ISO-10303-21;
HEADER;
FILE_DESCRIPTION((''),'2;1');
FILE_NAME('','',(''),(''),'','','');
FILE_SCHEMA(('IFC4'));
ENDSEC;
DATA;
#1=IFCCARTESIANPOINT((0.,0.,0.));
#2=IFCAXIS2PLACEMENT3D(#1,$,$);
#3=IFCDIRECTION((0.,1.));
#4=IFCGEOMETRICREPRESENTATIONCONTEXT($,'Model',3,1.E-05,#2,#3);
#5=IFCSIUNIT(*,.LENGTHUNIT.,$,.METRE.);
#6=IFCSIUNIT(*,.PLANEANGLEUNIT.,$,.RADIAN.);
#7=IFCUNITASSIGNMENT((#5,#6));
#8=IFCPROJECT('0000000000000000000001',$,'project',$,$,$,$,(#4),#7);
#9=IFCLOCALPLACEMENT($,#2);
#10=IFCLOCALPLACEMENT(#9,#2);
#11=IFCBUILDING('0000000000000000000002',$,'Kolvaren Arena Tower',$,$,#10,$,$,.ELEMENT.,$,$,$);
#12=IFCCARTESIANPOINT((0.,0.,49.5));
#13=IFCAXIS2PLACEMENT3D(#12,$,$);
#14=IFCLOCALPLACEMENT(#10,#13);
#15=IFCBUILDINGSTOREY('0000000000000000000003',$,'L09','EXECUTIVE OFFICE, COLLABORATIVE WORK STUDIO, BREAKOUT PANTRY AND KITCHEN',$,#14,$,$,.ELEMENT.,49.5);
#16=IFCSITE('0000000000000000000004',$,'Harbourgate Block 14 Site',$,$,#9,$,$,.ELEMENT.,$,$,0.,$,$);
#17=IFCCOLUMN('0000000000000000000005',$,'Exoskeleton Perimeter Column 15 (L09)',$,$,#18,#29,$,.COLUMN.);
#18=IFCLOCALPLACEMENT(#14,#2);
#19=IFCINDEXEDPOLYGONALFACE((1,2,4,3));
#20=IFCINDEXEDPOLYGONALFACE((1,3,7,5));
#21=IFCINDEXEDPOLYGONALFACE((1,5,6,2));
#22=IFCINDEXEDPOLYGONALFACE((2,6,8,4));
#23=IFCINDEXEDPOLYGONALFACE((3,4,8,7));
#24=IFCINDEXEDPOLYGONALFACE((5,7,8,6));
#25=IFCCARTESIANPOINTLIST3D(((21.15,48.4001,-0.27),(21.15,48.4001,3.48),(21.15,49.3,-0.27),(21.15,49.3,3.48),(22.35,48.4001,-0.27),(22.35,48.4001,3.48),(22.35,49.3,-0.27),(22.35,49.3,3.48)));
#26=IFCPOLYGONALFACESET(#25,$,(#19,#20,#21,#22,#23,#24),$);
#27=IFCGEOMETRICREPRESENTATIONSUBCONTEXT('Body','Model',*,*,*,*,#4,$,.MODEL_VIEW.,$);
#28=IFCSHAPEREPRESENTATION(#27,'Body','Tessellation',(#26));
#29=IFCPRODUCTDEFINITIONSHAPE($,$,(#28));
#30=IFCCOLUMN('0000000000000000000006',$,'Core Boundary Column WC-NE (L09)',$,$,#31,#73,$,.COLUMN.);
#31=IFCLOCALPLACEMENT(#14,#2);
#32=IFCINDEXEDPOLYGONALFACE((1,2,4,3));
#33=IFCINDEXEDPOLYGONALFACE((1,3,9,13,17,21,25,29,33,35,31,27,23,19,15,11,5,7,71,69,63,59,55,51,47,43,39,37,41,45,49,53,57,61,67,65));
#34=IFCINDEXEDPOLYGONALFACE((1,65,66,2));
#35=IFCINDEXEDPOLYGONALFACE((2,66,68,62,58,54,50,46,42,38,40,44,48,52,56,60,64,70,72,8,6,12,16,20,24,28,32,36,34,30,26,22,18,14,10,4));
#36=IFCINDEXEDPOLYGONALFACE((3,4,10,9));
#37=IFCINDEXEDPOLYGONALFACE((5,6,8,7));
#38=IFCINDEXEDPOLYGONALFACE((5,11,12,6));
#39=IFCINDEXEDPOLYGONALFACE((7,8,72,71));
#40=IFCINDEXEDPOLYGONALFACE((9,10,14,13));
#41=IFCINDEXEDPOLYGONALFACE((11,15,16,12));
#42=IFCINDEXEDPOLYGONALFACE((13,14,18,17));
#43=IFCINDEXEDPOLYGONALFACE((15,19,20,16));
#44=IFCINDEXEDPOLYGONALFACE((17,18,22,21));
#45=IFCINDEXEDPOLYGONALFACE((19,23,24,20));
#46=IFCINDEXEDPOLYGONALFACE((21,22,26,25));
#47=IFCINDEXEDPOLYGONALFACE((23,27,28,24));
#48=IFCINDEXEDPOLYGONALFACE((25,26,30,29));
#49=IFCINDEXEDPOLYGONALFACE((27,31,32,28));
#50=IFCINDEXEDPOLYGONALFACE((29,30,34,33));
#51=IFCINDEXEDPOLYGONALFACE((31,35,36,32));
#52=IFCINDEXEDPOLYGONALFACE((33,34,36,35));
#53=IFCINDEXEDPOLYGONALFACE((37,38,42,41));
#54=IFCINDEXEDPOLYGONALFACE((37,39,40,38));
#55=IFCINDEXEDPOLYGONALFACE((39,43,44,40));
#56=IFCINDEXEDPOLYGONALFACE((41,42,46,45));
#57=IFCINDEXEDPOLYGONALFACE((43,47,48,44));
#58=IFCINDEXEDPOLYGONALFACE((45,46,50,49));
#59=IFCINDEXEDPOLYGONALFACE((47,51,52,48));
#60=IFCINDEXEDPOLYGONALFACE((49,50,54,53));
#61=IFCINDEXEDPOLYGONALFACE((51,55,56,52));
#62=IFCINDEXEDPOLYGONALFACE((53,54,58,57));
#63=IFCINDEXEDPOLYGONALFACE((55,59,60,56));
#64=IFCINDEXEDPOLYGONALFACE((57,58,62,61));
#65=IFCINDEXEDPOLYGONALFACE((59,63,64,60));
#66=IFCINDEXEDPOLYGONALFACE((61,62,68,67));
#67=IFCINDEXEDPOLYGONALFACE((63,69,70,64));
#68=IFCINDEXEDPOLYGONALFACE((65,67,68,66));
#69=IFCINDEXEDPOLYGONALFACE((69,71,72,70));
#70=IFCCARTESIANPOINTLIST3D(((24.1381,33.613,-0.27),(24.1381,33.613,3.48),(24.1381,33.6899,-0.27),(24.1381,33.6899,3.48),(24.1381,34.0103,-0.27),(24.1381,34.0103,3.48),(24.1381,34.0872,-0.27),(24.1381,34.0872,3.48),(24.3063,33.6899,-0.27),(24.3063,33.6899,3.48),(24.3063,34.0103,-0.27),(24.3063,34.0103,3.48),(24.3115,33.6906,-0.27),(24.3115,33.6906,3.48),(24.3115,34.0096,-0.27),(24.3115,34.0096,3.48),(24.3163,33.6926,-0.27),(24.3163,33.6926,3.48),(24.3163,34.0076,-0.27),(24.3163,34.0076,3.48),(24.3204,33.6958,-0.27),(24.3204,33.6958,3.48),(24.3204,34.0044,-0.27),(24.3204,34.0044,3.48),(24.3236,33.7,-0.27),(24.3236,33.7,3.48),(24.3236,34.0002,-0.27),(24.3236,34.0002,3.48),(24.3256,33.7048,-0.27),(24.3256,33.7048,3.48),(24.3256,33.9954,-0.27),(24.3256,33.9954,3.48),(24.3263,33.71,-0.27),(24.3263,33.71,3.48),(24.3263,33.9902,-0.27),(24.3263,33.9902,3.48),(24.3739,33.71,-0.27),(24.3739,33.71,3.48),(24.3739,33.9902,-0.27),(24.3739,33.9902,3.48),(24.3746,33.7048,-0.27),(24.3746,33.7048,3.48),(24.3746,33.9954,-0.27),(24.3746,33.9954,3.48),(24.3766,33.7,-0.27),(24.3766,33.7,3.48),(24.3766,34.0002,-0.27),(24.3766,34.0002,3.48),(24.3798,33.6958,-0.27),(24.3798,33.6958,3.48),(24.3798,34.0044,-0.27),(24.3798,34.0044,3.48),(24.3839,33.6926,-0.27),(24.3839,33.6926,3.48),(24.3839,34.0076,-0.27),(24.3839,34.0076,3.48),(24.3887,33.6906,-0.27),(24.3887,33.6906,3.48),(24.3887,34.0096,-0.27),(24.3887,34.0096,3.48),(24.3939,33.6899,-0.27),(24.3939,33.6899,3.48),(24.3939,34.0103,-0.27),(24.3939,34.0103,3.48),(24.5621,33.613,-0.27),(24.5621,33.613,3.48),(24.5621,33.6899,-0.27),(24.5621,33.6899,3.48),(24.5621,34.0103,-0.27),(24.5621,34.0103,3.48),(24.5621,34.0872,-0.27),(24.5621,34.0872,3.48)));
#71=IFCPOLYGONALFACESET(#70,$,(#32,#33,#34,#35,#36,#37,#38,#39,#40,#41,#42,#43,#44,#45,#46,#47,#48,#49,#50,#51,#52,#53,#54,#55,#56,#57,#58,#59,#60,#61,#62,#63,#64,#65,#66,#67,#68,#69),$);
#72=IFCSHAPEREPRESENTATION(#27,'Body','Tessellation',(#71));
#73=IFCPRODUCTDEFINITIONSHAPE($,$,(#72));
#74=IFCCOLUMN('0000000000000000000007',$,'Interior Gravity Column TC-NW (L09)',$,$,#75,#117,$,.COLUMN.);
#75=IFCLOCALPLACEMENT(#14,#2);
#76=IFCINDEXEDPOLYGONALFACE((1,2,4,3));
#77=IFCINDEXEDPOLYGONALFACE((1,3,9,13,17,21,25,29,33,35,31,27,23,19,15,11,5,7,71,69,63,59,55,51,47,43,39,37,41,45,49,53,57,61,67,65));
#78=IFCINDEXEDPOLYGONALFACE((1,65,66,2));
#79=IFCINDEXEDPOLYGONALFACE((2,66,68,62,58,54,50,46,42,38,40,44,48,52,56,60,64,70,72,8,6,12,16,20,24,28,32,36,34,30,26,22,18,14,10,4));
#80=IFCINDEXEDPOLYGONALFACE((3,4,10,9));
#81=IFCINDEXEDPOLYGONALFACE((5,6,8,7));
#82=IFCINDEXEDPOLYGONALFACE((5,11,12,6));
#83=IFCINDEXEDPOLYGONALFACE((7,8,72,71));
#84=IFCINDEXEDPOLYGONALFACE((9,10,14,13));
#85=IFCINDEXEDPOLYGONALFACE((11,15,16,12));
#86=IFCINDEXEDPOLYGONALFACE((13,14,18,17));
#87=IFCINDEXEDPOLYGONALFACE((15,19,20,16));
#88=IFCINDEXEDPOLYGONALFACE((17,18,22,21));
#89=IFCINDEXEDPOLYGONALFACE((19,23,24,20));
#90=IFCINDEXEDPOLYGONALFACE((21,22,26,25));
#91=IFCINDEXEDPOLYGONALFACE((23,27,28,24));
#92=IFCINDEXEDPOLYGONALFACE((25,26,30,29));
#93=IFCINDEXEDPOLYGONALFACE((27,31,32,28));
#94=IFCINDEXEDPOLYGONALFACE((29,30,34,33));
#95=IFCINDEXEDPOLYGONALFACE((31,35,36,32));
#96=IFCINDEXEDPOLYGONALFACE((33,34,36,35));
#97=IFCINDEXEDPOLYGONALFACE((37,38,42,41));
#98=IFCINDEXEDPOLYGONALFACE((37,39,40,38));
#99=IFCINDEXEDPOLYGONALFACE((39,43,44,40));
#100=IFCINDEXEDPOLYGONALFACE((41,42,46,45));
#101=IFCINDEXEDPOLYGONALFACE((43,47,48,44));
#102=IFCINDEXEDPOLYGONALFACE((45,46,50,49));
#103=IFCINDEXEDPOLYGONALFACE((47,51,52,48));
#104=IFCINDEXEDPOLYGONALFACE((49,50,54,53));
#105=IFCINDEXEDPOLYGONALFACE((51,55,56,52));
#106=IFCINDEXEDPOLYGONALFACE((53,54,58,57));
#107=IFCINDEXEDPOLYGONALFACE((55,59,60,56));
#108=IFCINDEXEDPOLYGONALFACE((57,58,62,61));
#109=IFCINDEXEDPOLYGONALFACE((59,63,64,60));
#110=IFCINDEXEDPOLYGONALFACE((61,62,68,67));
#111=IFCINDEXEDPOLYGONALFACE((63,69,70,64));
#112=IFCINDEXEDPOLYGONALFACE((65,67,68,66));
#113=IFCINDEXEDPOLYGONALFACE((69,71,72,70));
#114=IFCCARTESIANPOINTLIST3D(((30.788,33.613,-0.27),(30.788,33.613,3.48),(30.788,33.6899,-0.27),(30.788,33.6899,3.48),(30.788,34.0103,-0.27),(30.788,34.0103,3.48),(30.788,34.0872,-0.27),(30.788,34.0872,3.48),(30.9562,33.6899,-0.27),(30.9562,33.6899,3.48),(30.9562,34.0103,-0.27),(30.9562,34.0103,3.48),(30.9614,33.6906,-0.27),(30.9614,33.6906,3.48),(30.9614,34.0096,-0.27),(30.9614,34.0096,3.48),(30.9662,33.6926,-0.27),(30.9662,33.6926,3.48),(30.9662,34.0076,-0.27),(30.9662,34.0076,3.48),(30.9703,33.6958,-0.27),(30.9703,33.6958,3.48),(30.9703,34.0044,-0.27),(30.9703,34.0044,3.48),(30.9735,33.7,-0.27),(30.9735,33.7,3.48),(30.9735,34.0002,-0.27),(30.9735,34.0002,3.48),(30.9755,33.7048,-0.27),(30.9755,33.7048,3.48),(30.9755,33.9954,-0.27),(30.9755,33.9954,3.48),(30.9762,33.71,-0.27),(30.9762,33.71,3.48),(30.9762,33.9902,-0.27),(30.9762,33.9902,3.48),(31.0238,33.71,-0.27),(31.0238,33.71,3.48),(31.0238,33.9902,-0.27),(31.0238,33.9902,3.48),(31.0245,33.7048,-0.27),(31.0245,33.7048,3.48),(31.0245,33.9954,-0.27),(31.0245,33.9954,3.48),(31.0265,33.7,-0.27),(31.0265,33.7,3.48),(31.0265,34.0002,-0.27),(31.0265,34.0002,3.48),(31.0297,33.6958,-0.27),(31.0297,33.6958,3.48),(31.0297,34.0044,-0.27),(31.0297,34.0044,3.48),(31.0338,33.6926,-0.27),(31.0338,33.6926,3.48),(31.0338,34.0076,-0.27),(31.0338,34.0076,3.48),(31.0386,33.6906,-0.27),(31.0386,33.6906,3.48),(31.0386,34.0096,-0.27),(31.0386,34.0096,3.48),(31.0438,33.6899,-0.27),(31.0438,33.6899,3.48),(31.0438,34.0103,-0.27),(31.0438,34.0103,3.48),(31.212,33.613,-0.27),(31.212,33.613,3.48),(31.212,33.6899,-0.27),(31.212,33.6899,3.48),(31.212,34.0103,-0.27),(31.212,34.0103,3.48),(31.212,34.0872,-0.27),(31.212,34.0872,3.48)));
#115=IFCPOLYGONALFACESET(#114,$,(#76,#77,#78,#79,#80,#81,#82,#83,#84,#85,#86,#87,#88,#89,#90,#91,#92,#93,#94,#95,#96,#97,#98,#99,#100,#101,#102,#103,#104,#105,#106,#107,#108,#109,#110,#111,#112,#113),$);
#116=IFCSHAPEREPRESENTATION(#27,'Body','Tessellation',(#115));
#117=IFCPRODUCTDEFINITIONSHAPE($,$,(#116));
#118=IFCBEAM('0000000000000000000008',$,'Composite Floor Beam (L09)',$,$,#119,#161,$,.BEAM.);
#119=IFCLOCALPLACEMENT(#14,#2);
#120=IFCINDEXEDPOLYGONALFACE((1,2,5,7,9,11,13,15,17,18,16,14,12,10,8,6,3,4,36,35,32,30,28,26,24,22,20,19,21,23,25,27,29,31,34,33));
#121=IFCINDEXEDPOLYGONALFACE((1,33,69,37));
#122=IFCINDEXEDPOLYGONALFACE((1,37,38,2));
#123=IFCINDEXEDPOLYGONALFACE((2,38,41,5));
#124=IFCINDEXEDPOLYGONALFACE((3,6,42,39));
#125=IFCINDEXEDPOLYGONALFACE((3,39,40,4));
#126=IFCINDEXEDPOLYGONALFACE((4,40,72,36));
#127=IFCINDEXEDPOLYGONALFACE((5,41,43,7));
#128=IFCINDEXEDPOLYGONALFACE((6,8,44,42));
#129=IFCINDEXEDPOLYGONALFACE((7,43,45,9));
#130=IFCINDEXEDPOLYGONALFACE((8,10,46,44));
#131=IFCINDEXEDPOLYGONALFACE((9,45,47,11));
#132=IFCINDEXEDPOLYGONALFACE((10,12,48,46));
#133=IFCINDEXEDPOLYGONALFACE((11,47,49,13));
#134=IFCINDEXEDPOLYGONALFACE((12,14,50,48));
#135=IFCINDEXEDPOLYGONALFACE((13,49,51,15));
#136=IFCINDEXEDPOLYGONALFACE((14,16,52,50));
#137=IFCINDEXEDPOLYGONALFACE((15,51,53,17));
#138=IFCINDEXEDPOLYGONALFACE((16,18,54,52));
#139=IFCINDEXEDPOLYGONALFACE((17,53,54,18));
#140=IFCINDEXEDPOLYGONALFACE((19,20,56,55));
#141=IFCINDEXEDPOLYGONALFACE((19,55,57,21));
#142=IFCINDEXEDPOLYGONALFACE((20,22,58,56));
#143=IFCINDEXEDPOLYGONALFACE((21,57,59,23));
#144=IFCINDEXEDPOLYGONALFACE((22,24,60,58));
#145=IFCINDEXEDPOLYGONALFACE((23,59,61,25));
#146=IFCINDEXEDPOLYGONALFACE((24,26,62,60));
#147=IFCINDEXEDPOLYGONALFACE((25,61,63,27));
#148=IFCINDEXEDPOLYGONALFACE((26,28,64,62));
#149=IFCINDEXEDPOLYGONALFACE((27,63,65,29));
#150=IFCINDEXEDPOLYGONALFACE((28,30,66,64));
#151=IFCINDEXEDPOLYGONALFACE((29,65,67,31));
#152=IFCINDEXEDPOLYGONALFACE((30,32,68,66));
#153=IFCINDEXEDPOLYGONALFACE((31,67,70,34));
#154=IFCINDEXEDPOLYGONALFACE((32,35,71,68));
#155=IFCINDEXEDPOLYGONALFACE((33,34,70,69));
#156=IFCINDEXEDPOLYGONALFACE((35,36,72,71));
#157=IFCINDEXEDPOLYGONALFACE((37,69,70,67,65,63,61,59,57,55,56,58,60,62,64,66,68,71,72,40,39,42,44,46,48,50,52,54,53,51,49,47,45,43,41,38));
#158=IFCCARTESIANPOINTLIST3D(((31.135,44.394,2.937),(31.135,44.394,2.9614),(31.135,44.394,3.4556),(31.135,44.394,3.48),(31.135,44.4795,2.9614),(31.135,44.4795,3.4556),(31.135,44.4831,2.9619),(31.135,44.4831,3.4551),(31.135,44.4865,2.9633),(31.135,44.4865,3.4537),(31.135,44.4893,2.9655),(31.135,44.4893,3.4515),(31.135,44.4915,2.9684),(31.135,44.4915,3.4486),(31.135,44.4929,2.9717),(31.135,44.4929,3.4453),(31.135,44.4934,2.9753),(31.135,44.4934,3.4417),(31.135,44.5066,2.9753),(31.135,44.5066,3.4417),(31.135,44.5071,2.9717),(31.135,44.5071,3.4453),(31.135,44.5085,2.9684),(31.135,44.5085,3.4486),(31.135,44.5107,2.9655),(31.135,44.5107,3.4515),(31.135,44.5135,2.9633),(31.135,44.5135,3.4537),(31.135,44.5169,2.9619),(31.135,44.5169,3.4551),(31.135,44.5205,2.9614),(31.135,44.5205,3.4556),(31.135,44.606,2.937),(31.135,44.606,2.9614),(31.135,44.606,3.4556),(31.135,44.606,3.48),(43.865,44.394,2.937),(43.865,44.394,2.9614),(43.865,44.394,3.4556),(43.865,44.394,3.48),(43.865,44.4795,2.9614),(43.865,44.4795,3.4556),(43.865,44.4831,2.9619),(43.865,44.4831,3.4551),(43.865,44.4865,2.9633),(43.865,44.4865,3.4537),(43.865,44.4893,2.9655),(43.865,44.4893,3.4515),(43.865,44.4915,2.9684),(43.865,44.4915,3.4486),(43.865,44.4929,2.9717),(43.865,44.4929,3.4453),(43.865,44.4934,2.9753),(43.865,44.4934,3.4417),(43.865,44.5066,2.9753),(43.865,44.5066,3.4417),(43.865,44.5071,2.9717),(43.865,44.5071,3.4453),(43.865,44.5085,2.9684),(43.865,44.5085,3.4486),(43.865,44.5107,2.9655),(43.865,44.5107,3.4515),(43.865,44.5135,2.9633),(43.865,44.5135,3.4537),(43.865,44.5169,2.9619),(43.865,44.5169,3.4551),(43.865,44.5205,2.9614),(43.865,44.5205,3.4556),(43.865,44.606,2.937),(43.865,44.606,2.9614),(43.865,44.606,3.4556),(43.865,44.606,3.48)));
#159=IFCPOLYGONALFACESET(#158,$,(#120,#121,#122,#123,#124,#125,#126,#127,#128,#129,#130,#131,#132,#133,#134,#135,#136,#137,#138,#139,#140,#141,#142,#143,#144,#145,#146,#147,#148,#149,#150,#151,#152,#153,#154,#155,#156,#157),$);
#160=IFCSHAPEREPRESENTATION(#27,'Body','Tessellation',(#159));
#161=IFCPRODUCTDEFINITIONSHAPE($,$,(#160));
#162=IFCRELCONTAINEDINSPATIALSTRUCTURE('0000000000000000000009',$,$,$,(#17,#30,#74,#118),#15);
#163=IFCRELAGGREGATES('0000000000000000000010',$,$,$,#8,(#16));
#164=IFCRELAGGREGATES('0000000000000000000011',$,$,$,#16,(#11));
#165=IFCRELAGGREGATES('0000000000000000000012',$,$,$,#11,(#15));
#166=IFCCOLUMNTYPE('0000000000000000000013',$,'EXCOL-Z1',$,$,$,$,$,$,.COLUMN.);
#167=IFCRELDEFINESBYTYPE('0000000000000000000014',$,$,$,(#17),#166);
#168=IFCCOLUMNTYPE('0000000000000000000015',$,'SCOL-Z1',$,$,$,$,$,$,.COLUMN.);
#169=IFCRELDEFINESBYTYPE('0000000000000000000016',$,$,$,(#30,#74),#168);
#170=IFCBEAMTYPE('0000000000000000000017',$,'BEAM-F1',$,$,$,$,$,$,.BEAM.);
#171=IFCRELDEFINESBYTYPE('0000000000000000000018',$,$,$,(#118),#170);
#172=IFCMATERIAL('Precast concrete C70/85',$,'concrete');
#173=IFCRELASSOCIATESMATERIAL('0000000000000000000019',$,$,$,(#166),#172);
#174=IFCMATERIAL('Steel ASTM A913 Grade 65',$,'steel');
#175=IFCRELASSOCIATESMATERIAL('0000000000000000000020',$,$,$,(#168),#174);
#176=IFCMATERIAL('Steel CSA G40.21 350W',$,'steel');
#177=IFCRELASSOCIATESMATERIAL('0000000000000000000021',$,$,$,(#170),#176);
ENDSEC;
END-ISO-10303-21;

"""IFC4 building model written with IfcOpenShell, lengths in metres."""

from ifc_helpers import new_model, si_unit, direction, frame, origin, origin_2d, place, context, subcontext, project, spatial, rectangle, i_section, extrude, material, material_profile, profile_set, type_object, element, save


model = new_model("IFC4")

# Units and contexts
model_context = context("Model", 3, precision=1e-05, world=origin(), true_north=direction((0.0, 1.0)))
body_context = subcontext(model_context, "Body", "Model", "MODEL_VIEW")
ifc_project = project(units=[si_unit("LENGTHUNIT", "METRE"), si_unit("PLANEANGLEUNIT", "RADIAN")], contexts=[model_context])

# Site, building, storey
site_placement = place(None, origin())
site = spatial("IfcSite", under=ifc_project, at=site_placement, Name="Harbourgate Block 14 Site", CompositionType="ELEMENT", RefElevation=0.0)
building_placement = place(site_placement, origin())
building = spatial("IfcBuilding", under=site, at=building_placement, Name="Kolvaren Arena Tower", CompositionType="ELEMENT")
storey_placement = place(building_placement, frame((0.0, 0.0, 49.5)))
storey = spatial("IfcBuildingStorey", under=building, at=storey_placement, Name="L09", Description="EXECUTIVE OFFICE, COLLABORATIVE WORK STUDIO, BREAKOUT PANTRY AND KITCHEN", CompositionType="ELEMENT", Elevation=49.5)

# Columns
ifc_material_1 = material(Name="Precast concrete C70/85", Category="concrete")
ifc_material_profile_1 = material_profile(ifc_material_1, rectangle(XDim=1.2, YDim=0.8999, at=origin_2d()), Name="RC-1200x900")
ifc_profile_set_1 = profile_set([ifc_material_profile_1], Name="Precast concrete C70/85")
column_type_1 = type_object("IfcColumnType", Name="EXCOL-Z1", PredefinedType="COLUMN", material=ifc_profile_set_1)
column_placement = place(storey_placement, frame((21.75, 48.8501, -0.27), z_axis=(0.0, 0.0, 1.0), x_axis=(1.0, 0.0, 0.0)))
element("IfcColumn", 1, at=column_placement, inside=storey, type_object=column_type_1, Name="Exoskeleton Perimeter Column 15 (L09)", PredefinedType="COLUMN", context=body_context, shape_type="SweptSolid", body=[
    extrude(rectangle(XDim=1.2, YDim=0.8999, at=origin_2d()), origin(), (0.0, 0.0, 1.0), 3.75),
])
ifc_material_2 = material(Name="Steel ASTM A913 Grade 65", Category="steel")
ifc_material_profile_2 = material_profile(ifc_material_2, i_section(OverallWidth=0.4241, OverallDepth=0.4741, WebThickness=0.0476, FlangeThickness=0.0769, FilletRadius=0.02, at=origin_2d()), Name="W360x634")
ifc_profile_set_2 = profile_set([ifc_material_profile_2], Name="Steel ASTM A913 Grade 65")
column_type_2 = type_object("IfcColumnType", Name="SCOL-Z1", PredefinedType="COLUMN", material=ifc_profile_set_2)
for number, where, z_axis, x_axis, name in (
    (2, (24.3501, 33.8501, -0.27), (0.0, 0.0, 1.0), (1.0, 0.0, 0.0), "Core Boundary Column WC-NE (L09)"),
    (3, (31.0, 33.8501, -0.27), (0.0, 0.0, 1.0), (1.0, 0.0, 0.0), "Interior Gravity Column TC-NW (L09)"),
):
    element("IfcColumn", number, at=place(storey_placement, frame(where, z_axis=z_axis, x_axis=x_axis)), inside=storey, type_object=column_type_2, Name=name, PredefinedType="COLUMN", context=body_context, shape_type="SweptSolid", body=[
        extrude(i_section(OverallWidth=0.4241, OverallDepth=0.4741, WebThickness=0.0476, FlangeThickness=0.0769, FilletRadius=0.02, at=origin_2d()), origin(), (0.0, 0.0, 1.0), 3.75),
    ])

# Beam
ifc_material_3 = material(Name="Steel CSA G40.21 350W", Category="steel")
ifc_material_profile_3 = material_profile(ifc_material_3, i_section(OverallWidth=0.2119, OverallDepth=0.543, WebThickness=0.0132, FlangeThickness=0.0244, FilletRadius=0.0139, at=origin_2d()), Name="W530x150")
ifc_profile_set_3 = profile_set([ifc_material_profile_3], Name="Steel CSA G40.21 350W")
beam_type_1 = type_object("IfcBeamType", Name="BEAM-F1", PredefinedType="BEAM", material=ifc_profile_set_3)
beam_1_placement = place(storey_placement, frame((31.135, 44.5, 3.2085), z_axis=(1.0, 0.0, 0.0), x_axis=(0.0, 1.0, 0.0)))
element("IfcBeam", 4, at=beam_1_placement, inside=storey, type_object=beam_type_1, Name="Composite Floor Beam (L09)", PredefinedType="BEAM", context=body_context, shape_type="SweptSolid", body=[
    extrude(i_section(OverallWidth=0.2119, OverallDepth=0.543, WebThickness=0.0132, FlangeThickness=0.0244, FilletRadius=0.0139, at=origin_2d()), origin(), (0.0, 0.0, 1.0), 12.73),
])

save(model, "model.ifc")
